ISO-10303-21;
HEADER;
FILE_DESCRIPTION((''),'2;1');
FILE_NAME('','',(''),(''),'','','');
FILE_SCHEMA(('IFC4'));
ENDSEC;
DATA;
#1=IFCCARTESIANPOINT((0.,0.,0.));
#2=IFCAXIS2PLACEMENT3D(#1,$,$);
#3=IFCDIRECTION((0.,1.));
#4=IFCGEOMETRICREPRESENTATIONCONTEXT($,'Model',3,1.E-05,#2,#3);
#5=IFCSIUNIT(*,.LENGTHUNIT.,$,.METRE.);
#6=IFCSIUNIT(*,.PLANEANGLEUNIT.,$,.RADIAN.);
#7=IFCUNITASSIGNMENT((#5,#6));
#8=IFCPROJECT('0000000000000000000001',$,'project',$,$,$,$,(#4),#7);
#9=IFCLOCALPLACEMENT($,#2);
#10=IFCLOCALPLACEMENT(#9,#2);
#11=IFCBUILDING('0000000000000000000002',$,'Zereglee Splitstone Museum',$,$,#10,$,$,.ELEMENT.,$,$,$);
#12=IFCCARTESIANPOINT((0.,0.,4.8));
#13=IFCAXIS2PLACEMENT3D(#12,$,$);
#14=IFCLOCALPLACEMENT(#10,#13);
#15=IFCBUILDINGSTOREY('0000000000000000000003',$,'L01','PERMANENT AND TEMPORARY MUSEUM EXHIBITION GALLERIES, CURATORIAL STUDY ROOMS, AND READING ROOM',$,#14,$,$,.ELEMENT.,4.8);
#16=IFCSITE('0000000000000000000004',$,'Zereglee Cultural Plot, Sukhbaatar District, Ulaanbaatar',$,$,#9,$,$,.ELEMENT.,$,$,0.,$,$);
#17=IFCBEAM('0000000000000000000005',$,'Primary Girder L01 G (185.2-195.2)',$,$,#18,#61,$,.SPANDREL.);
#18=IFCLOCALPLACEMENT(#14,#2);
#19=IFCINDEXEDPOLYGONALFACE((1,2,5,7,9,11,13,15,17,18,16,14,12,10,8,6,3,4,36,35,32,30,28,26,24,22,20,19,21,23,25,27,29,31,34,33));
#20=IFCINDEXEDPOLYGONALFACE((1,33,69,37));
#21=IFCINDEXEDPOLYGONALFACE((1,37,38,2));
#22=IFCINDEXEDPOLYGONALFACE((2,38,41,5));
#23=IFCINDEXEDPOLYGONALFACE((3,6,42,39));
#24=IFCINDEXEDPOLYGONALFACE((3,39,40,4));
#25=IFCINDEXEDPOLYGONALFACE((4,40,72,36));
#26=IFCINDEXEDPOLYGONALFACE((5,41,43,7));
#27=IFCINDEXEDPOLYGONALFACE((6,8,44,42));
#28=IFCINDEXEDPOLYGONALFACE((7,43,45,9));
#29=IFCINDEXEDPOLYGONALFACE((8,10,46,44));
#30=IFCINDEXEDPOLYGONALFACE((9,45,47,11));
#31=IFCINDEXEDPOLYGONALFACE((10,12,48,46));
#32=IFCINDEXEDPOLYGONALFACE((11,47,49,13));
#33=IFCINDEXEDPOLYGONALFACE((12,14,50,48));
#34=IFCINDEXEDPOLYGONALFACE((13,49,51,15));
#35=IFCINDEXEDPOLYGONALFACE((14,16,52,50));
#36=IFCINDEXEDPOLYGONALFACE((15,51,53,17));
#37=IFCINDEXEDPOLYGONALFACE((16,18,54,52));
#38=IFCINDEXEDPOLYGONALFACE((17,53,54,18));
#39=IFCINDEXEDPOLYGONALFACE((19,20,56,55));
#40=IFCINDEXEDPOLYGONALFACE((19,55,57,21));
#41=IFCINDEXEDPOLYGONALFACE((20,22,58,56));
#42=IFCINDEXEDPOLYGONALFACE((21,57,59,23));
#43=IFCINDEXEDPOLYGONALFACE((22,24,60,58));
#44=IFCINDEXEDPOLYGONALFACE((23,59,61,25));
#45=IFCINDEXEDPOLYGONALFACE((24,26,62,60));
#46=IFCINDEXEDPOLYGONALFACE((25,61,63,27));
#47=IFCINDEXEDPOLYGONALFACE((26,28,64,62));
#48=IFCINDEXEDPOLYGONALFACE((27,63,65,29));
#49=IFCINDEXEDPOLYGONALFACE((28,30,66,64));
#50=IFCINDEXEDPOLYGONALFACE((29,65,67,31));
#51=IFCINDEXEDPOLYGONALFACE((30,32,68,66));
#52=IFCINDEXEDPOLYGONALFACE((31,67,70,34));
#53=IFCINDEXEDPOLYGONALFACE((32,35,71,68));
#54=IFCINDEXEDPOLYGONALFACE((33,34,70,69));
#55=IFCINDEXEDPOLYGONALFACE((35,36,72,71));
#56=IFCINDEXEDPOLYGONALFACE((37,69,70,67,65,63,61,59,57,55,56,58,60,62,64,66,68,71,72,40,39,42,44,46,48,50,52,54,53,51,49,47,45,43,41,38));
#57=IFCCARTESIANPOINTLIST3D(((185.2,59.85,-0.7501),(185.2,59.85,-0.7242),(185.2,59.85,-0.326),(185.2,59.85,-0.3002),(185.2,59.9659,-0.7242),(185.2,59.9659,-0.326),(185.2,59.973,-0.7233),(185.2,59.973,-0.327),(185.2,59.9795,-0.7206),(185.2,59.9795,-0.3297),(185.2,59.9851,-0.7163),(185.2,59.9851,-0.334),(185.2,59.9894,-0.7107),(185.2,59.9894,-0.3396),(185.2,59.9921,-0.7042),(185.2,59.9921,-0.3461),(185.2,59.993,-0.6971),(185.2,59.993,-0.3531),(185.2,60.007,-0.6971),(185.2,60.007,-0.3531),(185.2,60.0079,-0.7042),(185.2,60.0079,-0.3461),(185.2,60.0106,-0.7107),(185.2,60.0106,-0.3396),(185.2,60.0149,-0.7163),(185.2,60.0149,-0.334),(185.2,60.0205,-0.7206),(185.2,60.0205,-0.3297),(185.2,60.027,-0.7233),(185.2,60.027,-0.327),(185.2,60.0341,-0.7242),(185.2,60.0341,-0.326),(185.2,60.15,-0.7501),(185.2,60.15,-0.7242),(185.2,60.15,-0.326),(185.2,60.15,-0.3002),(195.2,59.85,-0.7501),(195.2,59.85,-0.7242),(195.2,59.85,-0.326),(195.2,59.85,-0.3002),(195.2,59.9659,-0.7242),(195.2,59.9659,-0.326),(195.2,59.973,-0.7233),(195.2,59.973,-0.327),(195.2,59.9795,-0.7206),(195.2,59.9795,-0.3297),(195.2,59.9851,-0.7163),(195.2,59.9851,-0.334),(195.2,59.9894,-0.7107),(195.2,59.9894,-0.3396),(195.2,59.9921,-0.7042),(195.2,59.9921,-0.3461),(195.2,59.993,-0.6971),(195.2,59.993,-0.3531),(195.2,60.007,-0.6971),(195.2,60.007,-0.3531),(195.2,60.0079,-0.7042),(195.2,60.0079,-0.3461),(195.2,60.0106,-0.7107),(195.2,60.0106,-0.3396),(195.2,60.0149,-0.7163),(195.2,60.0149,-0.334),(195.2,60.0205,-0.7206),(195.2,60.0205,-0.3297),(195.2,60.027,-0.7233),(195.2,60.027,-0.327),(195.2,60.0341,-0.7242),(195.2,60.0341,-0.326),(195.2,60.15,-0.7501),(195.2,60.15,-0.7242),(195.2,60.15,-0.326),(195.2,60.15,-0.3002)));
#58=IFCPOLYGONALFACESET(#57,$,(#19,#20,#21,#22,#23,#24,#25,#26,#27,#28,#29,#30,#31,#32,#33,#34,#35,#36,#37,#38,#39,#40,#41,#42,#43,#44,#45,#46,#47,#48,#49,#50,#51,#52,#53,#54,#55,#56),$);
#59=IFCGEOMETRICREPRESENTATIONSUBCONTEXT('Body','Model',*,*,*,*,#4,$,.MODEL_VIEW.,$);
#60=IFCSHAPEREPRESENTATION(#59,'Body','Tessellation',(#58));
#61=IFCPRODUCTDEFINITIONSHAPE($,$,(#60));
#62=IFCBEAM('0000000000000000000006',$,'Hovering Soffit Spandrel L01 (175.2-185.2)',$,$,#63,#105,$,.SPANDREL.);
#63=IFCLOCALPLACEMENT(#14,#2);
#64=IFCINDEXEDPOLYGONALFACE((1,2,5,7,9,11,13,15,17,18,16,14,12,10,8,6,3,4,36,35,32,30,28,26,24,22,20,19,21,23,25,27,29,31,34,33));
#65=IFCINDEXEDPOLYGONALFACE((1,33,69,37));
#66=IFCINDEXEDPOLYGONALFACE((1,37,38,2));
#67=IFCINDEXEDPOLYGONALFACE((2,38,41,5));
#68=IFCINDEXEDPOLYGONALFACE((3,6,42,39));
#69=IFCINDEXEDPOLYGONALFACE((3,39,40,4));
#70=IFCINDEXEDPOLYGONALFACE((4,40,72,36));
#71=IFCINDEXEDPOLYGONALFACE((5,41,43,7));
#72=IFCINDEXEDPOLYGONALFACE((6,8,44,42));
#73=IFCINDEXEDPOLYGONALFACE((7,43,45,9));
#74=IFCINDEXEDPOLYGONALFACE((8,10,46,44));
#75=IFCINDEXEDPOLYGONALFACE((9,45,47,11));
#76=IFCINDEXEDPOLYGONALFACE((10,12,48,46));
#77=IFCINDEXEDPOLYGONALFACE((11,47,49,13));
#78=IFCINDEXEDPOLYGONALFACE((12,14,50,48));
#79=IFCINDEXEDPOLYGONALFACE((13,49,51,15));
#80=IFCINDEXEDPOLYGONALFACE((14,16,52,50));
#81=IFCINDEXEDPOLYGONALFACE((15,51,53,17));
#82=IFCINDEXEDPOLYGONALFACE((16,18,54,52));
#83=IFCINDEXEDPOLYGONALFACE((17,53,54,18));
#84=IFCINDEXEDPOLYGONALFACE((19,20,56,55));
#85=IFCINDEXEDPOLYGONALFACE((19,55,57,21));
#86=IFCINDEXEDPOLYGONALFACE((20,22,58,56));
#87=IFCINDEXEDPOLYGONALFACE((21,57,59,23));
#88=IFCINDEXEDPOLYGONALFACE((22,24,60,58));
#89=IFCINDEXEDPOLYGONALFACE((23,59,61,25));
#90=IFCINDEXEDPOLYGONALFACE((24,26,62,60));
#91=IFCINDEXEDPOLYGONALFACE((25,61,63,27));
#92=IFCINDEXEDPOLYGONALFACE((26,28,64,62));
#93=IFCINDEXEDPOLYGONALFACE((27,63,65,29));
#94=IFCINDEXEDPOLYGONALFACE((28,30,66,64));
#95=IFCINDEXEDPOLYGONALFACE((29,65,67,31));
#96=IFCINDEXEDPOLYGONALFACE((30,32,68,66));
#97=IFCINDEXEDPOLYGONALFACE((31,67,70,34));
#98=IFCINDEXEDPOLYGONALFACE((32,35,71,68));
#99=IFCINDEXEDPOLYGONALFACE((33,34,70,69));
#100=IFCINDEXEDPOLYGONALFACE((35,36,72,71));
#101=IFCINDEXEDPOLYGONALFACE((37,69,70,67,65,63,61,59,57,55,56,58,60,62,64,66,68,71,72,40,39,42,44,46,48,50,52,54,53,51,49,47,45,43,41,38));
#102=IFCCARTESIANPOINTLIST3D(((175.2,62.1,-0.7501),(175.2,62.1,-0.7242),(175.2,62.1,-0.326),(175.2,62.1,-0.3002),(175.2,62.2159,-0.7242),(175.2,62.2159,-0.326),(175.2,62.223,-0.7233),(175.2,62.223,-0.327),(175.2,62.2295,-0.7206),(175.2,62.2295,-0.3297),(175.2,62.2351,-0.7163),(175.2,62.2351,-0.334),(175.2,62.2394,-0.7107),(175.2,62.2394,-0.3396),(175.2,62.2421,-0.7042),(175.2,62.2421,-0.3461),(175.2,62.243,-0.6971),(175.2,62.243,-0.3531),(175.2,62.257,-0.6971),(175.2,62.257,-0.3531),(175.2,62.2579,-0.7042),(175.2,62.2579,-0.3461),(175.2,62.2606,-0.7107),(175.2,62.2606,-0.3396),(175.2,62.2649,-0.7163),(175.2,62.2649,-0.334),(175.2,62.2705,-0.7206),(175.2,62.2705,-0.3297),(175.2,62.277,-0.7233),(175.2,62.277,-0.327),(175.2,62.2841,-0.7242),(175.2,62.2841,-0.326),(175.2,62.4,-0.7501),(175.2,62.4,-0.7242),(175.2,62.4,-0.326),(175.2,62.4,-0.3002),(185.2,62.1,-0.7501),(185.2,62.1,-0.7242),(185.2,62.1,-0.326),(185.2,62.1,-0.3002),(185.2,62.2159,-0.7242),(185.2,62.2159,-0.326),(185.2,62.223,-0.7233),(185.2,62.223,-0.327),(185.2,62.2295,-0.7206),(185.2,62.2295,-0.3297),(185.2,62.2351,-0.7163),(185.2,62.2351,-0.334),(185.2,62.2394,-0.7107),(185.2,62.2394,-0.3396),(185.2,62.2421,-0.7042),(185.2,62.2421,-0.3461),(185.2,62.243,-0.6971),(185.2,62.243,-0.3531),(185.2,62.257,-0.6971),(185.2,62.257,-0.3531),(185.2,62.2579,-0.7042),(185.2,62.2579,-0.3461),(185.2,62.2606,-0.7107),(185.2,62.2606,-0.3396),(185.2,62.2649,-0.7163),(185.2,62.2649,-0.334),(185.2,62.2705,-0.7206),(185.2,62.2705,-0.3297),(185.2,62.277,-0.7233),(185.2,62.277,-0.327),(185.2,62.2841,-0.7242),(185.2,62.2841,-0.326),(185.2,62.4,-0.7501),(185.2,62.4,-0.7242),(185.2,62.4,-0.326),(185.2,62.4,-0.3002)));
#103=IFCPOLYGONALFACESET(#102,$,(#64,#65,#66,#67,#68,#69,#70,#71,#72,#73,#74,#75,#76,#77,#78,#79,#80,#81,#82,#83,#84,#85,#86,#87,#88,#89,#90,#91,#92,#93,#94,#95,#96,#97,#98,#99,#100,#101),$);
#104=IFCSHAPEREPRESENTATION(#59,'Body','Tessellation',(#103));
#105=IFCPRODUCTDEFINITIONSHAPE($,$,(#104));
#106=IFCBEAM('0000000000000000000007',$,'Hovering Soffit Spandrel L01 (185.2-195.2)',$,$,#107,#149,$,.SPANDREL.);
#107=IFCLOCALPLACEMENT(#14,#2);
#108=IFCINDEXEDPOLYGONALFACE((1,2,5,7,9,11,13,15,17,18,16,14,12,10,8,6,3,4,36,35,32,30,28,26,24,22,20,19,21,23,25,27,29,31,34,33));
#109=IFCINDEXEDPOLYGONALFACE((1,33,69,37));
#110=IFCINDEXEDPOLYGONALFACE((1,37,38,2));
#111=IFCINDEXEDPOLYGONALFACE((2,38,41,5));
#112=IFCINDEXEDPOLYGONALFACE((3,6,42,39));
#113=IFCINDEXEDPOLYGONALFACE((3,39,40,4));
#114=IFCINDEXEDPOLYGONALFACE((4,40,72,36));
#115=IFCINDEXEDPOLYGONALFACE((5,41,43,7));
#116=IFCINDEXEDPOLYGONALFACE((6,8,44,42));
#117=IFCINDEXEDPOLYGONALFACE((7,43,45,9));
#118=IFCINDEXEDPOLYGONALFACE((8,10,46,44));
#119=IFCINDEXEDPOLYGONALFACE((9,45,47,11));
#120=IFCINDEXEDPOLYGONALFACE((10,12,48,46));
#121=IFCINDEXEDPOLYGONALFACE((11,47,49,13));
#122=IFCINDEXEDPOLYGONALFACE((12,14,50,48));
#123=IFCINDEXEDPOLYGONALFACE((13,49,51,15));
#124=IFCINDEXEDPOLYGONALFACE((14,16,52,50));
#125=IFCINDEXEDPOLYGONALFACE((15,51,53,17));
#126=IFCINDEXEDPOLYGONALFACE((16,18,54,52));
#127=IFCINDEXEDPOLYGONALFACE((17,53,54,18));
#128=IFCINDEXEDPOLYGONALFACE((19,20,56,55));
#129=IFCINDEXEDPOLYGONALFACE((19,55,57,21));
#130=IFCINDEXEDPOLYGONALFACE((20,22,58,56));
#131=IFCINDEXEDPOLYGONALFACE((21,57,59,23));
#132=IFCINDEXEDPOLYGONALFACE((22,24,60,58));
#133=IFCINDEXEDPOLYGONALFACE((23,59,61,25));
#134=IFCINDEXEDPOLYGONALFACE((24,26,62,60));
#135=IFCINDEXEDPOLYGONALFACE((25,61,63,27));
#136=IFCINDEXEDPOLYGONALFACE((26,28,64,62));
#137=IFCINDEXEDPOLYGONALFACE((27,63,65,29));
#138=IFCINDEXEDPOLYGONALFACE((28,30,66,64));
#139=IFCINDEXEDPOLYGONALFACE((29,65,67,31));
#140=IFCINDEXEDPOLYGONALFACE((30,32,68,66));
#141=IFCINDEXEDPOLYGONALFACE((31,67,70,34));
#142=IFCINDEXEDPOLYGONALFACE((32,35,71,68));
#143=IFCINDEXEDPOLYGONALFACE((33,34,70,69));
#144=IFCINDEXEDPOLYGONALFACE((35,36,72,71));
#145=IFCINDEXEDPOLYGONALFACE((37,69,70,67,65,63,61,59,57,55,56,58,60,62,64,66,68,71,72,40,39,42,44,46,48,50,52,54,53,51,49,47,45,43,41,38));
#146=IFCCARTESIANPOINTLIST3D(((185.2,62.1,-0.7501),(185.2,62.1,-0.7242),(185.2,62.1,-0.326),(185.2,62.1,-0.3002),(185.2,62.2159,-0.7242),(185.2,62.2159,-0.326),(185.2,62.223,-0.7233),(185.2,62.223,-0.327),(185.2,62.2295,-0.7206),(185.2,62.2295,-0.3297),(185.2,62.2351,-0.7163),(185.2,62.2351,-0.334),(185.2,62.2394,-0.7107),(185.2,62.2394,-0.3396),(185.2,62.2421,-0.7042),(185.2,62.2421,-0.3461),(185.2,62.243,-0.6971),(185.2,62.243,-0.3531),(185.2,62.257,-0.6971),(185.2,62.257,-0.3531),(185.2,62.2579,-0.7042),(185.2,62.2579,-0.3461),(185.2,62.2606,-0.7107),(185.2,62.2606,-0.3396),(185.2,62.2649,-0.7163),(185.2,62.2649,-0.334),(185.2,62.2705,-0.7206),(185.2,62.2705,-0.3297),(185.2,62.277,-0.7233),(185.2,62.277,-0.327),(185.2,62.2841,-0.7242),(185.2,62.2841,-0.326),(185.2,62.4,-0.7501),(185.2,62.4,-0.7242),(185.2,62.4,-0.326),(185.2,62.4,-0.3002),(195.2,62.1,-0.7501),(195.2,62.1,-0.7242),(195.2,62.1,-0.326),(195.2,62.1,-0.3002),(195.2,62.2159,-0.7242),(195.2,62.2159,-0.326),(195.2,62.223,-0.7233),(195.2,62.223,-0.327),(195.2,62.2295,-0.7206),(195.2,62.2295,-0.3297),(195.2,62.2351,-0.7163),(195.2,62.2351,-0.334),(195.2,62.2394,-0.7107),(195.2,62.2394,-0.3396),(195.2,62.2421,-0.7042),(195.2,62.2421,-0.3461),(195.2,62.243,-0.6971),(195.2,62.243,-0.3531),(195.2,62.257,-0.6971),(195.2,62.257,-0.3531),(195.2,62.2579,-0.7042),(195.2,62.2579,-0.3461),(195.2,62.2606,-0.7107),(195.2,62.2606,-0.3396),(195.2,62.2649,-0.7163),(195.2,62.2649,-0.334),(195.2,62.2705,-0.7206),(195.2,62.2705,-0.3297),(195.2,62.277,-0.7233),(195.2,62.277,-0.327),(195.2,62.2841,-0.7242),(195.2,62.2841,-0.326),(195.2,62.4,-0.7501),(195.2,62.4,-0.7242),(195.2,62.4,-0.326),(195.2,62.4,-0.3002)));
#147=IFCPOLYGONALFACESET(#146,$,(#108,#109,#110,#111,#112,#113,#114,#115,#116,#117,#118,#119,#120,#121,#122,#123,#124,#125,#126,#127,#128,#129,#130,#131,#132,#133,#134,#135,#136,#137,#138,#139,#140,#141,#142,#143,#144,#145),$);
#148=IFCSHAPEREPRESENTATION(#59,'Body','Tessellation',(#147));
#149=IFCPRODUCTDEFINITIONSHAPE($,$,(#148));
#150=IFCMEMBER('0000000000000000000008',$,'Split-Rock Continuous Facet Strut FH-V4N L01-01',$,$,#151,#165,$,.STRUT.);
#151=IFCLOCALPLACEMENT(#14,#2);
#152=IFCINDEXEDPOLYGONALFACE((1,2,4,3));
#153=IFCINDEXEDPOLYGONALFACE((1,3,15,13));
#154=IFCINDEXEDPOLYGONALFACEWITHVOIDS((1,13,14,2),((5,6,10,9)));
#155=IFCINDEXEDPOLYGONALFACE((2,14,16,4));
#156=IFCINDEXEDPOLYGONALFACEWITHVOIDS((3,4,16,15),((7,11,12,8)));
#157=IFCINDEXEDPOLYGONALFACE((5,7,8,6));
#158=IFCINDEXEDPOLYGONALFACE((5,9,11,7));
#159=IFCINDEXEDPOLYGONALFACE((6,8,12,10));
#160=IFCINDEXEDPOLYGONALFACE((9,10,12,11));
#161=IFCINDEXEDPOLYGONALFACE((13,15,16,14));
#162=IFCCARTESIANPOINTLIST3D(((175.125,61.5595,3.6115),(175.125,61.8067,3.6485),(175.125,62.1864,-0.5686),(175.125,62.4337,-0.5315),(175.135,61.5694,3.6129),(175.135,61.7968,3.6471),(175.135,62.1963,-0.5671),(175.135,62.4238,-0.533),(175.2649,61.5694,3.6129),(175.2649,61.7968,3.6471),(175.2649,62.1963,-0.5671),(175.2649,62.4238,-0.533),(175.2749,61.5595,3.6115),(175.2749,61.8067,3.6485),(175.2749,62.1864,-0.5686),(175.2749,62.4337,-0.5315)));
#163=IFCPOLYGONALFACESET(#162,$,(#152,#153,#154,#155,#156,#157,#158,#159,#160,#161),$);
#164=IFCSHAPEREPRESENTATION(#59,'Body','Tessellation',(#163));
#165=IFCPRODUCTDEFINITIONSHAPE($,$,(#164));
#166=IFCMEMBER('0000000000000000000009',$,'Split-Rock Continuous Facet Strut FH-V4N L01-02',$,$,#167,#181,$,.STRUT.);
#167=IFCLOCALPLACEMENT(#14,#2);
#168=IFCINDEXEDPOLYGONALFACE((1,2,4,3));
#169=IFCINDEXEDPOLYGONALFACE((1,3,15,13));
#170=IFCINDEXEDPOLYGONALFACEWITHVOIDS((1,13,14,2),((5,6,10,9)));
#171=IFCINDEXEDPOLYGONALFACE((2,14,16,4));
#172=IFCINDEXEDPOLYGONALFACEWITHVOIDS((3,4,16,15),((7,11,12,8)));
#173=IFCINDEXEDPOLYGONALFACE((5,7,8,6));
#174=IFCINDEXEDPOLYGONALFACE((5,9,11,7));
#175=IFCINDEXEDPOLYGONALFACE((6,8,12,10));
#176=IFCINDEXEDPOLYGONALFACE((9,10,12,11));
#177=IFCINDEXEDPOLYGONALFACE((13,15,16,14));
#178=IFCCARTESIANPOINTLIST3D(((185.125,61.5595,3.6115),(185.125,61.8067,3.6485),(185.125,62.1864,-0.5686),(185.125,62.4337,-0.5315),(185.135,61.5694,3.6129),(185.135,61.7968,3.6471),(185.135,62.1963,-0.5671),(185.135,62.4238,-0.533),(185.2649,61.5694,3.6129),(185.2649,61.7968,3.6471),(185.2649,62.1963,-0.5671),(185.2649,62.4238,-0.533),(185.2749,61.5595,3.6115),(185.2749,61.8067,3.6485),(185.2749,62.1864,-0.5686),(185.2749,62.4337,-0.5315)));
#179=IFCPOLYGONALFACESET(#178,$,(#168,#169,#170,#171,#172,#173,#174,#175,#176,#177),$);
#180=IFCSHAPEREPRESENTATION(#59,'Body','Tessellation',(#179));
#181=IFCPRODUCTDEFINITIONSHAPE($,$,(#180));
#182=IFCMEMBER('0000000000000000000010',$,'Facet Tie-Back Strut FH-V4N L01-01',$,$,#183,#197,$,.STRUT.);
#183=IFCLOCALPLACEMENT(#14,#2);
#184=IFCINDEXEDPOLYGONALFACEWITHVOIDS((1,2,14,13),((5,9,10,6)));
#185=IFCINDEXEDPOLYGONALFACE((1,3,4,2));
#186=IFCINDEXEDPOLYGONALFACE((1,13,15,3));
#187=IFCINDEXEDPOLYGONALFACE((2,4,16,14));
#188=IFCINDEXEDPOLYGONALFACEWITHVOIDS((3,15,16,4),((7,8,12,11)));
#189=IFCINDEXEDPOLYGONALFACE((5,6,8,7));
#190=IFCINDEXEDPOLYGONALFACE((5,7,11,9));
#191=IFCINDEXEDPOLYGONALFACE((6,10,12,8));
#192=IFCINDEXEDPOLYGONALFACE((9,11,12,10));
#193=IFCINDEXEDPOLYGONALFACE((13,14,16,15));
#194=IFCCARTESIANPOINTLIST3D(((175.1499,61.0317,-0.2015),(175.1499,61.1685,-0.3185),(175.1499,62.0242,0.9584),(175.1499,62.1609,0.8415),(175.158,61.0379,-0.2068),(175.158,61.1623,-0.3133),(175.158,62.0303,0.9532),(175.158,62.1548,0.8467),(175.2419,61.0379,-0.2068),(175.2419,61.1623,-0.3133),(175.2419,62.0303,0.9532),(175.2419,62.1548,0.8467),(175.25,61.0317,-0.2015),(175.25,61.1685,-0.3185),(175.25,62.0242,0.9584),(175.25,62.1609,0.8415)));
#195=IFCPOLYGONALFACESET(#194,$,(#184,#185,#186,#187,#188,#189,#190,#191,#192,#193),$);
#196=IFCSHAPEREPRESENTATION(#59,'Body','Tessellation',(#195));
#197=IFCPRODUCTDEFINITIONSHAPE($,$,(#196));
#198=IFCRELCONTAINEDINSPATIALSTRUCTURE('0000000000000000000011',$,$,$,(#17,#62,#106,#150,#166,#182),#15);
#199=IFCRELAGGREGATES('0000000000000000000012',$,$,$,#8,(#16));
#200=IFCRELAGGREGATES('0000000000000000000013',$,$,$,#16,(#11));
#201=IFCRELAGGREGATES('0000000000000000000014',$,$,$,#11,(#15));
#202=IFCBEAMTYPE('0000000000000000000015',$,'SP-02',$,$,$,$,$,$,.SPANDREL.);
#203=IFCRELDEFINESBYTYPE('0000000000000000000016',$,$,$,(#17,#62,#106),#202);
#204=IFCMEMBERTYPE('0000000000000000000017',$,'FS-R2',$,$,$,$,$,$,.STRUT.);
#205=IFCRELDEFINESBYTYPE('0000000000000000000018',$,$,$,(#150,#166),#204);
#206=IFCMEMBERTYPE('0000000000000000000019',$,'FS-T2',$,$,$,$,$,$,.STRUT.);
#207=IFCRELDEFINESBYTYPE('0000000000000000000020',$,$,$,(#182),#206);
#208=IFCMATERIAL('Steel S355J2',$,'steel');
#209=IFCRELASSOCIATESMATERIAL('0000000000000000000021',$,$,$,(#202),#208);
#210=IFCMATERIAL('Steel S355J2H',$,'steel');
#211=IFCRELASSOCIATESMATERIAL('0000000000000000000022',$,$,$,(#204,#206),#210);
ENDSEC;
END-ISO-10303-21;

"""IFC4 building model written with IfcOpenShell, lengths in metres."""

from ifc_helpers import new_model, si_unit, direction, frame, origin, origin_2d, place, context, subcontext, project, spatial, hollow_rectangle, i_section, extrude, material, material_profile, profile_set, type_object, element, save


model = new_model("IFC4")

# Units and contexts
model_context = context("Model", 3, precision=1e-05, world=origin(), true_north=direction((0.0, 1.0)))
body_context = subcontext(model_context, "Body", "Model", "MODEL_VIEW")
ifc_project = project(units=[si_unit("LENGTHUNIT", "METRE"), si_unit("PLANEANGLEUNIT", "RADIAN")], contexts=[model_context])

# Site, building, storey
site_placement = place(None, origin())
site = spatial("IfcSite", under=ifc_project, at=site_placement, Name="Zereglee Cultural Plot, Sukhbaatar District, Ulaanbaatar", CompositionType="ELEMENT", RefElevation=0.0)
building_placement = place(site_placement, origin())
building = spatial("IfcBuilding", under=site, at=building_placement, Name="Zereglee Splitstone Museum", CompositionType="ELEMENT")
storey_placement = place(building_placement, frame((0.0, 0.0, 4.8)))
storey = spatial("IfcBuildingStorey", under=building, at=storey_placement, Name="L01", Description="PERMANENT AND TEMPORARY MUSEUM EXHIBITION GALLERIES, CURATORIAL STUDY ROOMS, AND READING ROOM", CompositionType="ELEMENT", Elevation=4.8)

# Shared definitions
ifc_material_1 = material(Name="Steel S355J2H", Category="steel")
ifc_material_2 = material(Name="Steel S355J2", Category="steel")

# Beams
ifc_material_profile_1 = material_profile(ifc_material_2, i_section(OverallWidth=0.3, OverallDepth=0.45, WebThickness=0.0139, FlangeThickness=0.0259, FilletRadius=0.0271, at=origin_2d()), Name="HE 450 B")
ifc_profile_set_1 = profile_set([ifc_material_profile_1], Name="Steel S355J2")
beam_type_1 = type_object("IfcBeamType", Name="SP-02", PredefinedType="SPANDREL", material=ifc_profile_set_1)
for number, where, z_axis, x_axis, name in (
    (1, (185.2, 60.0, -0.5251), (1.0, 0.0, 0.0), (0.0, 1.0, 0.0), "Primary Girder L01 G (185.2-195.2)"),
    (2, (175.2, 62.25, -0.5251), (1.0, 0.0, 0.0), (0.0, 1.0, 0.0), "Hovering Soffit Spandrel L01 (175.2-185.2)"),
    (3, (185.2, 62.25, -0.5251), (1.0, 0.0, 0.0), (0.0, 1.0, 0.0), "Hovering Soffit Spandrel L01 (185.2-195.2)"),
):
    element("IfcBeam", number, at=place(storey_placement, frame(where, z_axis=z_axis, x_axis=x_axis)), inside=storey, type_object=beam_type_1, Name=name, PredefinedType="SPANDREL", context=body_context, shape_type="SweptSolid", body=[
        extrude(i_section(OverallWidth=0.3, OverallDepth=0.45, WebThickness=0.0139, FlangeThickness=0.0259, FilletRadius=0.0271, at=origin_2d()), origin(), (0.0, 0.0, 1.0), 10.0),
    ])

# Members
ifc_material_profile_2 = material_profile(ifc_material_1, hollow_rectangle(XDim=0.1499, YDim=0.25, WallThickness=0.01, at=origin_2d()), Name="RHS 250x150x10")
ifc_profile_set_2 = profile_set([ifc_material_profile_2], Name="Steel S355J2H")
member_type_1 = type_object("IfcMemberType", Name="FS-R2", PredefinedType="STRUT", material=ifc_profile_set_2)
for number, where, z_axis, x_axis, name in (
    (4, (175.2, 62.3101, -0.55), (0.0, -0.148332, 0.988938), (1.0, 0.0, 0.0), "Split-Rock Continuous Facet Strut FH-V4N L01-01"),
    (5, (185.2, 62.3101, -0.55), (0.0, -0.148332, 0.988938), (1.0, 0.0, 0.0), "Split-Rock Continuous Facet Strut FH-V4N L01-02"),
):
    element("IfcMember", number, at=place(storey_placement, frame(where, z_axis=z_axis, x_axis=x_axis)), inside=storey, type_object=member_type_1, Name=name, PredefinedType="STRUT", context=body_context, shape_type="SweptSolid", body=[
        extrude(hollow_rectangle(XDim=0.1499, YDim=0.25, WallThickness=0.01, at=origin_2d()), origin(), (0.0, 0.0, 1.0), 4.2268),
    ])
ifc_material_profile_3 = material_profile(ifc_material_1, hollow_rectangle(XDim=0.1001, YDim=0.1799, WallThickness=0.0081, at=origin_2d()), Name="RHS 180x100x8")
ifc_profile_set_3 = profile_set([ifc_material_profile_3], Name="Steel S355J2H")
member_type_2 = type_object("IfcMemberType", Name="FS-T2", PredefinedType="STRUT", material=ifc_profile_set_3)
for number, where, z_axis, x_axis, name in (
    (6, (175.2, 61.1001, -0.26), (0.0, 0.650119, 0.759832), (-1.0, 0.0, 0.0), "Facet Tie-Back Strut FH-V4N L01-01"),
):
    element("IfcMember", number, at=place(storey_placement, frame(where, z_axis=z_axis, x_axis=x_axis)), inside=storey, type_object=member_type_2, Name=name, PredefinedType="STRUT", context=body_context, shape_type="SweptSolid", body=[
        extrude(hollow_rectangle(XDim=0.1001, YDim=0.1799, WallThickness=0.0081, at=origin_2d()), origin(), (0.0, 0.0, 1.0), 1.5266),
    ])

save(model, "model.ifc")
